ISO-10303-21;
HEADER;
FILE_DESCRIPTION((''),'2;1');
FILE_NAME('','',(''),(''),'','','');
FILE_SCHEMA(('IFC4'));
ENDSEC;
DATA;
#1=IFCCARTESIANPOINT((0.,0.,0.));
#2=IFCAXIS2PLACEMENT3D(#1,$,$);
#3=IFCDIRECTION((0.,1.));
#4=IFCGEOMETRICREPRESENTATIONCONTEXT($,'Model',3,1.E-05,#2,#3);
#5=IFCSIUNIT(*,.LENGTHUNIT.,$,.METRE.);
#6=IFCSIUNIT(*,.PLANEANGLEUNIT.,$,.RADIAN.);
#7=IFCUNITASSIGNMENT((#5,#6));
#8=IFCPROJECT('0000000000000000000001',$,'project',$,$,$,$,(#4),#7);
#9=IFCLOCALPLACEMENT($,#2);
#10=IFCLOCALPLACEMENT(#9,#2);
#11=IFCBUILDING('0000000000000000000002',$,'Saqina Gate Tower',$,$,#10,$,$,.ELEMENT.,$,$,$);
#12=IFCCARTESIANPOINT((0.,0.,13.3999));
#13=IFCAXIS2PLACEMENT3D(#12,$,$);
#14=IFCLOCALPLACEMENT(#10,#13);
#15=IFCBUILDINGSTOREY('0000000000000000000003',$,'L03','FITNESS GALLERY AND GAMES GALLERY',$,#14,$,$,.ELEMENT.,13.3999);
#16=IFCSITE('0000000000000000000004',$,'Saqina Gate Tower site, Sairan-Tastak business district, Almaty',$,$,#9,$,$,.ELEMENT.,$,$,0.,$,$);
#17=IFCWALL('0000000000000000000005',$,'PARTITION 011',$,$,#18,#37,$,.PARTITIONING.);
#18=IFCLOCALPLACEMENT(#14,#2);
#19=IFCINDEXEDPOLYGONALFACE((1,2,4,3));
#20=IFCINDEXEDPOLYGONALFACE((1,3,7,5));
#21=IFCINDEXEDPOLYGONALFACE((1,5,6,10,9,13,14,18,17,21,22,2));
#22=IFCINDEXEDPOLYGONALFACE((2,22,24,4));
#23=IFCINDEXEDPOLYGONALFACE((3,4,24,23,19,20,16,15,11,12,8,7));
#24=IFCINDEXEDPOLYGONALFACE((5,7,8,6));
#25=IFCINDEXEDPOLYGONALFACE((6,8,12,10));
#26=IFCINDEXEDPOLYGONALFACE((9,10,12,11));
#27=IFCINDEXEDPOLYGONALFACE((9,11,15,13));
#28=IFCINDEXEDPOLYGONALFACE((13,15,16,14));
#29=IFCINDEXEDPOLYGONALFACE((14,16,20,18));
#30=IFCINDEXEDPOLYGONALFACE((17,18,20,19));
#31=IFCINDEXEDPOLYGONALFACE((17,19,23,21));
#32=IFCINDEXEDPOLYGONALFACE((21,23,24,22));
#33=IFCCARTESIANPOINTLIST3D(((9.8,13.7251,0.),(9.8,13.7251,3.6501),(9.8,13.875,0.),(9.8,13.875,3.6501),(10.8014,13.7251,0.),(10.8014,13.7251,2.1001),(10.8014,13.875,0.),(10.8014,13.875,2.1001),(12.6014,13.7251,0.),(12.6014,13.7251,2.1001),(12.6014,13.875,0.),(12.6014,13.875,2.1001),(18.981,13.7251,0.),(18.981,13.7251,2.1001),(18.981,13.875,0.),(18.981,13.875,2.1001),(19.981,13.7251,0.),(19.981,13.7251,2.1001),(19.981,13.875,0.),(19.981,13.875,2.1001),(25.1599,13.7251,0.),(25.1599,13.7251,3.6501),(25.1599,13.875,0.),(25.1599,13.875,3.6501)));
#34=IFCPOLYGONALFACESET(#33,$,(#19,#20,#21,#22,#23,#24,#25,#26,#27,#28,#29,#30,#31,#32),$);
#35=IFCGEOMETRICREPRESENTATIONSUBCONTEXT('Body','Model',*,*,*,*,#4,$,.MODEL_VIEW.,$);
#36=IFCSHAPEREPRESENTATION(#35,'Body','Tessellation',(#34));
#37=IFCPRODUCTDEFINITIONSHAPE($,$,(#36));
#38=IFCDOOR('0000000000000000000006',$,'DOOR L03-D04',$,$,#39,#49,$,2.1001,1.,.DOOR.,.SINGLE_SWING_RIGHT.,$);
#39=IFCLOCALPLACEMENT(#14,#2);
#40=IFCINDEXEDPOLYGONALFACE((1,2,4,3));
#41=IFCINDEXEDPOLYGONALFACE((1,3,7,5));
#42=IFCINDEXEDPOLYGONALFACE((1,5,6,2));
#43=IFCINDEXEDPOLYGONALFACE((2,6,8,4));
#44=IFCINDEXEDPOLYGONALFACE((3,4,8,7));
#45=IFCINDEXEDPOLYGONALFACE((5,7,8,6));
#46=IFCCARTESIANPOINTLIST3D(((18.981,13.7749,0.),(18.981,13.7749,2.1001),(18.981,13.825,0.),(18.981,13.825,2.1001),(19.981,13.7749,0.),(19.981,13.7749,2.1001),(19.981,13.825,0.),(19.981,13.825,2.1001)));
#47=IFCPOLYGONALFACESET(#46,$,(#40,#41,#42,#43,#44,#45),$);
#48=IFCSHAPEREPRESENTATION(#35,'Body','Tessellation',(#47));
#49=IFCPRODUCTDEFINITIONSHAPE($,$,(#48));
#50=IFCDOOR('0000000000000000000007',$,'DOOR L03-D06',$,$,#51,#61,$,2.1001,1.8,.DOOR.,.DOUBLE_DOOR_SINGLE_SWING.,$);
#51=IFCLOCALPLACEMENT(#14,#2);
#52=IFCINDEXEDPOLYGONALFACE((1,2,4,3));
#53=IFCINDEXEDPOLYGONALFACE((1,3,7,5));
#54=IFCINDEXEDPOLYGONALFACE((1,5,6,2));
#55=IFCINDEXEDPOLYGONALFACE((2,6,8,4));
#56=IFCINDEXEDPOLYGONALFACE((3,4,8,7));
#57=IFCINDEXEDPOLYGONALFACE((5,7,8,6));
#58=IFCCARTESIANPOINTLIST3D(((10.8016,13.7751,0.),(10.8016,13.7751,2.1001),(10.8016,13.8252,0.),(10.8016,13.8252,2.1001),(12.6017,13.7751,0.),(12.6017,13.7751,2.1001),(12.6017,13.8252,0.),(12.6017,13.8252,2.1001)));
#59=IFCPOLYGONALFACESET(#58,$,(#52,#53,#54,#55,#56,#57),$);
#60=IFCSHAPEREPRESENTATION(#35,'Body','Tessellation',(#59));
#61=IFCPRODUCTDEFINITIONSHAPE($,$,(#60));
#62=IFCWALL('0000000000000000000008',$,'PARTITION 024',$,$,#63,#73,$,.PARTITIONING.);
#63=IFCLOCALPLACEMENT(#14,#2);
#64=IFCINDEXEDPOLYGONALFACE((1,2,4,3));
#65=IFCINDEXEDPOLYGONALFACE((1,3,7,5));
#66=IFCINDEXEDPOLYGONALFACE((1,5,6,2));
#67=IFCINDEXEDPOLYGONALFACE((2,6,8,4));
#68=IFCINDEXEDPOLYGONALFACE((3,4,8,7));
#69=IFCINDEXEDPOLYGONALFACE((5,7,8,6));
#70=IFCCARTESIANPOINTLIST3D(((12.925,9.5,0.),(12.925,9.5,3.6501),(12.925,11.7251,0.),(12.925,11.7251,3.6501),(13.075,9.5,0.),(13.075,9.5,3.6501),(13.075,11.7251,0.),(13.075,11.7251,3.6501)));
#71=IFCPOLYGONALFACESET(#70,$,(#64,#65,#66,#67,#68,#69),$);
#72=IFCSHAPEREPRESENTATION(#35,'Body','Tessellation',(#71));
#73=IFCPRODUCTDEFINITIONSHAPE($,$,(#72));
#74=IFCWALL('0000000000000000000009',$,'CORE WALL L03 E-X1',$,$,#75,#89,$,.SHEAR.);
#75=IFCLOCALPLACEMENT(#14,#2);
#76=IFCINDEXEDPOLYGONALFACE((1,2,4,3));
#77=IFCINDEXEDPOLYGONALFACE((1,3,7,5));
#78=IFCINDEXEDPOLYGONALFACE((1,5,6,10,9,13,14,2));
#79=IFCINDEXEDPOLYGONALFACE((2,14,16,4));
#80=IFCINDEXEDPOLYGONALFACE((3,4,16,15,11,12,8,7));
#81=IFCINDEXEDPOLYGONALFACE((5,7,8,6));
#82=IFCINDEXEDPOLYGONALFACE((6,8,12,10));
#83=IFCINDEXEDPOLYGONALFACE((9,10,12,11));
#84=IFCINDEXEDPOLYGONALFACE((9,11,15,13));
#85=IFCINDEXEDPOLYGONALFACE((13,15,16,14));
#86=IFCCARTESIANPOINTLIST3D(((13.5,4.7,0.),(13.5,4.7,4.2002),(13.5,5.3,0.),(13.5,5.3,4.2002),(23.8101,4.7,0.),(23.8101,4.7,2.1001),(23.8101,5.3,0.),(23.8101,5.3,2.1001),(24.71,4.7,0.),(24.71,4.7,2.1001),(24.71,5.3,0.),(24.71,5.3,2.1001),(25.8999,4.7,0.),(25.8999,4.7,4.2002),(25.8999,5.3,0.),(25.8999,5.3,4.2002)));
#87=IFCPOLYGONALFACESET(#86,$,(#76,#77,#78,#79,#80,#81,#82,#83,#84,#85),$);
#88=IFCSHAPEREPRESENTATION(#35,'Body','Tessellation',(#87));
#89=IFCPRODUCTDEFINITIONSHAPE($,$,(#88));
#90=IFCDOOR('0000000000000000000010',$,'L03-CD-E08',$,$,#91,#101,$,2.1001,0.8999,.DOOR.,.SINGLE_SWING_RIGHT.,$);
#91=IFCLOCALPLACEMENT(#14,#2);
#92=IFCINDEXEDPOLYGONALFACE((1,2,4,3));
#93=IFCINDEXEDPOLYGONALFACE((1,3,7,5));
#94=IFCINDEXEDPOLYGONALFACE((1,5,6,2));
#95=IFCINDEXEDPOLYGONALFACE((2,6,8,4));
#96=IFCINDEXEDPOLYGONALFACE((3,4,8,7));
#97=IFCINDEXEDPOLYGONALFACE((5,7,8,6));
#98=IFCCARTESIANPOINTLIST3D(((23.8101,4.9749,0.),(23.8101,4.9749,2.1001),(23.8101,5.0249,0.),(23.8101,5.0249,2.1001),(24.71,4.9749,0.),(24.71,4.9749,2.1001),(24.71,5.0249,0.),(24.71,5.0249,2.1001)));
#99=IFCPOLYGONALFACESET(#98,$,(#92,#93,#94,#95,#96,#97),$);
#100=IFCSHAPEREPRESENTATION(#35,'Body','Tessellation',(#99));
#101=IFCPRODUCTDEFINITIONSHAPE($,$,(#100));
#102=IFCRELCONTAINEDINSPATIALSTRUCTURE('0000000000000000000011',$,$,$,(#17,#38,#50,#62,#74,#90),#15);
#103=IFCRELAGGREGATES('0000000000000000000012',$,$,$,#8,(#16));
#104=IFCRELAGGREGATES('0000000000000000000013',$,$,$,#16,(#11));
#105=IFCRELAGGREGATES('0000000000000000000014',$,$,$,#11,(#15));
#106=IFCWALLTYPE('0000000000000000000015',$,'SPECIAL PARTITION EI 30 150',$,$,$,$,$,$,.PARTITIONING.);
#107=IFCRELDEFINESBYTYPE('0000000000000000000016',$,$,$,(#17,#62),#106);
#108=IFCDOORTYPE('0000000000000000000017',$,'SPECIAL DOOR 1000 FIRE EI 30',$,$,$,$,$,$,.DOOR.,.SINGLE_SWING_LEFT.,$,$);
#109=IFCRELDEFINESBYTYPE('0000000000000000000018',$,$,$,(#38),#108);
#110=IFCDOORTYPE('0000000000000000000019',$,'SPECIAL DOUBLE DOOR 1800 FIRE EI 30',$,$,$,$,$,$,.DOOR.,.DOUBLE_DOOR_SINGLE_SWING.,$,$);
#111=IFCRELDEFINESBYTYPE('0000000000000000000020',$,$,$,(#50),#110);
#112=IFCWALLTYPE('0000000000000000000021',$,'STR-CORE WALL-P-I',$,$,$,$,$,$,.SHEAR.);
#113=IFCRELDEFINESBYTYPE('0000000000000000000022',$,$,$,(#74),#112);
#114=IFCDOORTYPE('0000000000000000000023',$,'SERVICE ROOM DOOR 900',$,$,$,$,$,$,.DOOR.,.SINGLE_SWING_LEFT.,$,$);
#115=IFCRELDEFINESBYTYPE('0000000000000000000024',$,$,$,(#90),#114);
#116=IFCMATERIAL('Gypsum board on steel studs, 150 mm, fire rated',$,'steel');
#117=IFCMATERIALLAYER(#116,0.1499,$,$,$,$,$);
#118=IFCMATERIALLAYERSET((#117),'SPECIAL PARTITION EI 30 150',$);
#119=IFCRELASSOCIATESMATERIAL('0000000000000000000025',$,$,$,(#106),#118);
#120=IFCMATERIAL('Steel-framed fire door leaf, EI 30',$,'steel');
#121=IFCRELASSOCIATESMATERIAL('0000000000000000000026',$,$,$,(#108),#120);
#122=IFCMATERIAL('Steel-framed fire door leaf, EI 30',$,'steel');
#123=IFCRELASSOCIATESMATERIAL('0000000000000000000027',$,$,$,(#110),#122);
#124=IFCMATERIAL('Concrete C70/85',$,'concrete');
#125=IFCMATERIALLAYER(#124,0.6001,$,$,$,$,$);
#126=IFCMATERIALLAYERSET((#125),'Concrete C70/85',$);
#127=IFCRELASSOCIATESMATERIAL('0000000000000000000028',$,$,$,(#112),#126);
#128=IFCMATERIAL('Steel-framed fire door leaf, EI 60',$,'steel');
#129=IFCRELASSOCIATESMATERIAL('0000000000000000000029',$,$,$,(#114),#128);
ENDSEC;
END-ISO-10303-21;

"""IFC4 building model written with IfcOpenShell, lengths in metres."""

from ifc_helpers import new_model, si_unit, direction, frame, frame_2d, origin, place, context, subcontext, project, spatial, rectangle, extrude, material, layer, layer_set, type_object, element, fill, save


model = new_model("IFC4")

# Units and contexts
model_context = context("Model", 3, precision=1e-05, world=origin(), true_north=direction((0.0, 1.0)))
body_context = subcontext(model_context, "Body", "Model", "MODEL_VIEW")
ifc_project = project(units=[si_unit("LENGTHUNIT", "METRE"), si_unit("PLANEANGLEUNIT", "RADIAN")], contexts=[model_context])

# Site, building, storey
site_placement = place(None, origin())
site = spatial("IfcSite", under=ifc_project, at=site_placement, Name="Saqina Gate Tower site, Sairan-Tastak business district, Almaty", CompositionType="ELEMENT", RefElevation=0.0)
building_placement = place(site_placement, origin())
building = spatial("IfcBuilding", under=site, at=building_placement, Name="Saqina Gate Tower", CompositionType="ELEMENT")
storey_placement = place(building_placement, frame((0.0, 0.0, 13.3999)))
storey = spatial("IfcBuildingStorey", under=building, at=storey_placement, Name="L03", Description="FITNESS GALLERY AND GAMES GALLERY", CompositionType="ELEMENT", Elevation=13.3999)

# Wall, openings, doors
ifc_material_1 = material(Name="Gypsum board on steel studs, 150 mm, fire rated", Category="steel")
ifc_layer_1 = layer(ifc_material_1, 0.1499)
ifc_layer_set_1 = layer_set([ifc_layer_1], Name="SPECIAL PARTITION EI 30 150")
wall_type_1 = type_object("IfcWallType", Name="SPECIAL PARTITION EI 30 150", PredefinedType="PARTITIONING", material=ifc_layer_set_1)
wall_1_placement = place(storey_placement, frame((9.8, 13.8, 0.0), z_axis=(0.0, 0.0, 1.0), x_axis=(1.0, 0.0, 0.0)))
wall_1 = element("IfcWall", 1, at=wall_1_placement, inside=storey, type_object=wall_type_1, Name="PARTITION 011", PredefinedType="PARTITIONING", context=body_context, shape_type="SweptSolid", body=[
    extrude(rectangle(XDim=15.3599, YDim=0.1499, at=frame_2d((7.6799, 0.0))), origin(), (0.0, 0.0, 1.0), 3.6501),
])
opening_1_placement = place(wall_1_placement, frame((9.1809, 0.0, 0.0)))
opening_1 = element("IfcOpeningElement", 2, at=opening_1_placement, cuts=wall_1, PredefinedType="OPENING", context=body_context, shape_type="SweptSolid", body=[
    extrude(rectangle(XDim=1.0, YDim=2.1001, at=frame_2d((0.5, 1.05))), frame((0.0, 0.0869, 0.0), z_axis=(0.0, -1.0, 0.0), x_axis=(1.0, 0.0, 0.0)), (0.0, 0.0, 1.0), 0.1738),
])
opening_2_placement = place(wall_1_placement, frame((1.0015, 0.0, 0.0)))
opening_2 = element("IfcOpeningElement", 3, at=opening_2_placement, cuts=wall_1, PredefinedType="OPENING", context=body_context, shape_type="SweptSolid", body=[
    extrude(rectangle(XDim=1.8, YDim=2.1001, at=frame_2d((0.8999, 1.05))), frame((0.0, 0.0869, 0.0), z_axis=(0.0, -1.0, 0.0), x_axis=(1.0, 0.0, 0.0)), (0.0, 0.0, 1.0), 0.1738),
])
ifc_material_2 = material(Name="Steel-framed fire door leaf, EI 30", Category="steel")
door_type_1 = type_object("IfcDoorType", Name="SPECIAL DOOR 1000 FIRE EI 30", OperationType="SINGLE_SWING_LEFT", PredefinedType="DOOR", material=ifc_material_2)
door_1_placement = place(opening_1_placement, origin())
door_1 = element("IfcDoor", 4, at=door_1_placement, inside=storey, type_object=door_type_1, Name="DOOR L03-D04", OperationType="SINGLE_SWING_RIGHT", OverallHeight=2.1001, OverallWidth=1.0, PredefinedType="DOOR", context=body_context, shape_type="SweptSolid", body=[
    extrude(rectangle(XDim=1.0, YDim=2.1001, at=frame_2d((0.5, 1.05))), frame((0.0, 0.0249, 0.0), z_axis=(0.0, -1.0, 0.0), x_axis=(1.0, 0.0, 0.0)), (0.0, 0.0, 1.0), 0.05),
])
fill(opening_1, door_1)
ifc_material_3 = material(Name="Steel-framed fire door leaf, EI 30", Category="steel")
door_type_2 = type_object("IfcDoorType", Name="SPECIAL DOUBLE DOOR 1800 FIRE EI 30", OperationType="DOUBLE_DOOR_SINGLE_SWING", PredefinedType="DOOR", material=ifc_material_3)
door_2_placement = place(opening_2_placement, frame((1.8, 0.0, 0.0), z_axis=(0.0, 0.0, 1.0), x_axis=(-1.0, 0.0, 0.0)))
door_2 = element("IfcDoor", 5, at=door_2_placement, inside=storey, type_object=door_type_2, Name="DOOR L03-D06", OperationType="DOUBLE_DOOR_SINGLE_SWING", OverallHeight=2.1001, OverallWidth=1.8, PredefinedType="DOOR", context=body_context, shape_type="SweptSolid", body=[
    extrude(rectangle(XDim=1.8, YDim=2.1001, at=frame_2d((0.8999, 1.05))), frame((0.0, 0.0249, 0.0), z_axis=(0.0, -1.0, 0.0), x_axis=(1.0, 0.0, 0.0)), (0.0, 0.0, 1.0), 0.05),
])
fill(opening_2, door_2)

# Wall
wall_2_placement = place(storey_placement, frame((13.0, 9.5, 0.0), z_axis=(0.0, 0.0, 1.0), x_axis=(0.0, 1.0, 0.0)))
element("IfcWall", 6, at=wall_2_placement, inside=storey, type_object=wall_type_1, Name="PARTITION 024", PredefinedType="PARTITIONING", context=body_context, shape_type="SweptSolid", body=[
    extrude(rectangle(XDim=2.2251, YDim=0.1499, at=frame_2d((1.1125, 0.0))), origin(), (0.0, 0.0, 1.0), 3.6501),
])

# Wall, opening, door
ifc_material_4 = material(Name="Concrete C70/85", Category="concrete")
ifc_layer_2 = layer(ifc_material_4, 0.6001)
ifc_layer_set_2 = layer_set([ifc_layer_2], Name="Concrete C70/85")
wall_type_2 = type_object("IfcWallType", Name="STR-CORE WALL-P-I", PredefinedType="SHEAR", material=ifc_layer_set_2)
wall_3_placement = place(storey_placement, frame((13.5, 5.0, 0.0), z_axis=(0.0, 0.0, 1.0), x_axis=(1.0, 0.0, 0.0)))
wall_3 = element("IfcWall", 7, at=wall_3_placement, inside=storey, type_object=wall_type_2, Name="CORE WALL L03 E-X1", PredefinedType="SHEAR", context=body_context, shape_type="SweptSolid", body=[
    extrude(rectangle(XDim=12.3999, YDim=0.6001, at=frame_2d((6.2, 0.0))), origin(), (0.0, 0.0, 1.0), 4.2002),
])
opening_3_placement = place(wall_3_placement, frame((10.3101, 0.0, 0.0)))
opening_3 = element("IfcOpeningElement", 8, at=opening_3_placement, cuts=wall_3, PredefinedType="OPENING", context=body_context, shape_type="SweptSolid", body=[
    extrude(rectangle(XDim=0.8999, YDim=2.1001, at=frame_2d((0.45, 1.05))), frame((0.0, 0.312, 0.0), z_axis=(0.0, -1.0, 0.0), x_axis=(1.0, 0.0, 0.0)), (0.0, 0.0, 1.0), 0.624),
])
ifc_material_5 = material(Name="Steel-framed fire door leaf, EI 60", Category="steel")
door_type_3 = type_object("IfcDoorType", Name="SERVICE ROOM DOOR 900", OperationType="SINGLE_SWING_LEFT", PredefinedType="DOOR", material=ifc_material_5)
door_3_placement = place(opening_3_placement, origin())
door_3 = element("IfcDoor", 9, at=door_3_placement, inside=storey, type_object=door_type_3, Name="L03-CD-E08", OperationType="SINGLE_SWING_RIGHT", OverallHeight=2.1001, OverallWidth=0.8999, PredefinedType="DOOR", context=body_context, shape_type="SweptSolid", body=[
    extrude(rectangle(XDim=0.8999, YDim=2.1001, at=frame_2d((0.45, 1.05))), frame((0.0, 0.0249, 0.0), z_axis=(0.0, -1.0, 0.0), x_axis=(1.0, 0.0, 0.0)), (0.0, 0.0, 1.0), 0.05),
])
fill(opening_3, door_3)

save(model, "model.ifc")
